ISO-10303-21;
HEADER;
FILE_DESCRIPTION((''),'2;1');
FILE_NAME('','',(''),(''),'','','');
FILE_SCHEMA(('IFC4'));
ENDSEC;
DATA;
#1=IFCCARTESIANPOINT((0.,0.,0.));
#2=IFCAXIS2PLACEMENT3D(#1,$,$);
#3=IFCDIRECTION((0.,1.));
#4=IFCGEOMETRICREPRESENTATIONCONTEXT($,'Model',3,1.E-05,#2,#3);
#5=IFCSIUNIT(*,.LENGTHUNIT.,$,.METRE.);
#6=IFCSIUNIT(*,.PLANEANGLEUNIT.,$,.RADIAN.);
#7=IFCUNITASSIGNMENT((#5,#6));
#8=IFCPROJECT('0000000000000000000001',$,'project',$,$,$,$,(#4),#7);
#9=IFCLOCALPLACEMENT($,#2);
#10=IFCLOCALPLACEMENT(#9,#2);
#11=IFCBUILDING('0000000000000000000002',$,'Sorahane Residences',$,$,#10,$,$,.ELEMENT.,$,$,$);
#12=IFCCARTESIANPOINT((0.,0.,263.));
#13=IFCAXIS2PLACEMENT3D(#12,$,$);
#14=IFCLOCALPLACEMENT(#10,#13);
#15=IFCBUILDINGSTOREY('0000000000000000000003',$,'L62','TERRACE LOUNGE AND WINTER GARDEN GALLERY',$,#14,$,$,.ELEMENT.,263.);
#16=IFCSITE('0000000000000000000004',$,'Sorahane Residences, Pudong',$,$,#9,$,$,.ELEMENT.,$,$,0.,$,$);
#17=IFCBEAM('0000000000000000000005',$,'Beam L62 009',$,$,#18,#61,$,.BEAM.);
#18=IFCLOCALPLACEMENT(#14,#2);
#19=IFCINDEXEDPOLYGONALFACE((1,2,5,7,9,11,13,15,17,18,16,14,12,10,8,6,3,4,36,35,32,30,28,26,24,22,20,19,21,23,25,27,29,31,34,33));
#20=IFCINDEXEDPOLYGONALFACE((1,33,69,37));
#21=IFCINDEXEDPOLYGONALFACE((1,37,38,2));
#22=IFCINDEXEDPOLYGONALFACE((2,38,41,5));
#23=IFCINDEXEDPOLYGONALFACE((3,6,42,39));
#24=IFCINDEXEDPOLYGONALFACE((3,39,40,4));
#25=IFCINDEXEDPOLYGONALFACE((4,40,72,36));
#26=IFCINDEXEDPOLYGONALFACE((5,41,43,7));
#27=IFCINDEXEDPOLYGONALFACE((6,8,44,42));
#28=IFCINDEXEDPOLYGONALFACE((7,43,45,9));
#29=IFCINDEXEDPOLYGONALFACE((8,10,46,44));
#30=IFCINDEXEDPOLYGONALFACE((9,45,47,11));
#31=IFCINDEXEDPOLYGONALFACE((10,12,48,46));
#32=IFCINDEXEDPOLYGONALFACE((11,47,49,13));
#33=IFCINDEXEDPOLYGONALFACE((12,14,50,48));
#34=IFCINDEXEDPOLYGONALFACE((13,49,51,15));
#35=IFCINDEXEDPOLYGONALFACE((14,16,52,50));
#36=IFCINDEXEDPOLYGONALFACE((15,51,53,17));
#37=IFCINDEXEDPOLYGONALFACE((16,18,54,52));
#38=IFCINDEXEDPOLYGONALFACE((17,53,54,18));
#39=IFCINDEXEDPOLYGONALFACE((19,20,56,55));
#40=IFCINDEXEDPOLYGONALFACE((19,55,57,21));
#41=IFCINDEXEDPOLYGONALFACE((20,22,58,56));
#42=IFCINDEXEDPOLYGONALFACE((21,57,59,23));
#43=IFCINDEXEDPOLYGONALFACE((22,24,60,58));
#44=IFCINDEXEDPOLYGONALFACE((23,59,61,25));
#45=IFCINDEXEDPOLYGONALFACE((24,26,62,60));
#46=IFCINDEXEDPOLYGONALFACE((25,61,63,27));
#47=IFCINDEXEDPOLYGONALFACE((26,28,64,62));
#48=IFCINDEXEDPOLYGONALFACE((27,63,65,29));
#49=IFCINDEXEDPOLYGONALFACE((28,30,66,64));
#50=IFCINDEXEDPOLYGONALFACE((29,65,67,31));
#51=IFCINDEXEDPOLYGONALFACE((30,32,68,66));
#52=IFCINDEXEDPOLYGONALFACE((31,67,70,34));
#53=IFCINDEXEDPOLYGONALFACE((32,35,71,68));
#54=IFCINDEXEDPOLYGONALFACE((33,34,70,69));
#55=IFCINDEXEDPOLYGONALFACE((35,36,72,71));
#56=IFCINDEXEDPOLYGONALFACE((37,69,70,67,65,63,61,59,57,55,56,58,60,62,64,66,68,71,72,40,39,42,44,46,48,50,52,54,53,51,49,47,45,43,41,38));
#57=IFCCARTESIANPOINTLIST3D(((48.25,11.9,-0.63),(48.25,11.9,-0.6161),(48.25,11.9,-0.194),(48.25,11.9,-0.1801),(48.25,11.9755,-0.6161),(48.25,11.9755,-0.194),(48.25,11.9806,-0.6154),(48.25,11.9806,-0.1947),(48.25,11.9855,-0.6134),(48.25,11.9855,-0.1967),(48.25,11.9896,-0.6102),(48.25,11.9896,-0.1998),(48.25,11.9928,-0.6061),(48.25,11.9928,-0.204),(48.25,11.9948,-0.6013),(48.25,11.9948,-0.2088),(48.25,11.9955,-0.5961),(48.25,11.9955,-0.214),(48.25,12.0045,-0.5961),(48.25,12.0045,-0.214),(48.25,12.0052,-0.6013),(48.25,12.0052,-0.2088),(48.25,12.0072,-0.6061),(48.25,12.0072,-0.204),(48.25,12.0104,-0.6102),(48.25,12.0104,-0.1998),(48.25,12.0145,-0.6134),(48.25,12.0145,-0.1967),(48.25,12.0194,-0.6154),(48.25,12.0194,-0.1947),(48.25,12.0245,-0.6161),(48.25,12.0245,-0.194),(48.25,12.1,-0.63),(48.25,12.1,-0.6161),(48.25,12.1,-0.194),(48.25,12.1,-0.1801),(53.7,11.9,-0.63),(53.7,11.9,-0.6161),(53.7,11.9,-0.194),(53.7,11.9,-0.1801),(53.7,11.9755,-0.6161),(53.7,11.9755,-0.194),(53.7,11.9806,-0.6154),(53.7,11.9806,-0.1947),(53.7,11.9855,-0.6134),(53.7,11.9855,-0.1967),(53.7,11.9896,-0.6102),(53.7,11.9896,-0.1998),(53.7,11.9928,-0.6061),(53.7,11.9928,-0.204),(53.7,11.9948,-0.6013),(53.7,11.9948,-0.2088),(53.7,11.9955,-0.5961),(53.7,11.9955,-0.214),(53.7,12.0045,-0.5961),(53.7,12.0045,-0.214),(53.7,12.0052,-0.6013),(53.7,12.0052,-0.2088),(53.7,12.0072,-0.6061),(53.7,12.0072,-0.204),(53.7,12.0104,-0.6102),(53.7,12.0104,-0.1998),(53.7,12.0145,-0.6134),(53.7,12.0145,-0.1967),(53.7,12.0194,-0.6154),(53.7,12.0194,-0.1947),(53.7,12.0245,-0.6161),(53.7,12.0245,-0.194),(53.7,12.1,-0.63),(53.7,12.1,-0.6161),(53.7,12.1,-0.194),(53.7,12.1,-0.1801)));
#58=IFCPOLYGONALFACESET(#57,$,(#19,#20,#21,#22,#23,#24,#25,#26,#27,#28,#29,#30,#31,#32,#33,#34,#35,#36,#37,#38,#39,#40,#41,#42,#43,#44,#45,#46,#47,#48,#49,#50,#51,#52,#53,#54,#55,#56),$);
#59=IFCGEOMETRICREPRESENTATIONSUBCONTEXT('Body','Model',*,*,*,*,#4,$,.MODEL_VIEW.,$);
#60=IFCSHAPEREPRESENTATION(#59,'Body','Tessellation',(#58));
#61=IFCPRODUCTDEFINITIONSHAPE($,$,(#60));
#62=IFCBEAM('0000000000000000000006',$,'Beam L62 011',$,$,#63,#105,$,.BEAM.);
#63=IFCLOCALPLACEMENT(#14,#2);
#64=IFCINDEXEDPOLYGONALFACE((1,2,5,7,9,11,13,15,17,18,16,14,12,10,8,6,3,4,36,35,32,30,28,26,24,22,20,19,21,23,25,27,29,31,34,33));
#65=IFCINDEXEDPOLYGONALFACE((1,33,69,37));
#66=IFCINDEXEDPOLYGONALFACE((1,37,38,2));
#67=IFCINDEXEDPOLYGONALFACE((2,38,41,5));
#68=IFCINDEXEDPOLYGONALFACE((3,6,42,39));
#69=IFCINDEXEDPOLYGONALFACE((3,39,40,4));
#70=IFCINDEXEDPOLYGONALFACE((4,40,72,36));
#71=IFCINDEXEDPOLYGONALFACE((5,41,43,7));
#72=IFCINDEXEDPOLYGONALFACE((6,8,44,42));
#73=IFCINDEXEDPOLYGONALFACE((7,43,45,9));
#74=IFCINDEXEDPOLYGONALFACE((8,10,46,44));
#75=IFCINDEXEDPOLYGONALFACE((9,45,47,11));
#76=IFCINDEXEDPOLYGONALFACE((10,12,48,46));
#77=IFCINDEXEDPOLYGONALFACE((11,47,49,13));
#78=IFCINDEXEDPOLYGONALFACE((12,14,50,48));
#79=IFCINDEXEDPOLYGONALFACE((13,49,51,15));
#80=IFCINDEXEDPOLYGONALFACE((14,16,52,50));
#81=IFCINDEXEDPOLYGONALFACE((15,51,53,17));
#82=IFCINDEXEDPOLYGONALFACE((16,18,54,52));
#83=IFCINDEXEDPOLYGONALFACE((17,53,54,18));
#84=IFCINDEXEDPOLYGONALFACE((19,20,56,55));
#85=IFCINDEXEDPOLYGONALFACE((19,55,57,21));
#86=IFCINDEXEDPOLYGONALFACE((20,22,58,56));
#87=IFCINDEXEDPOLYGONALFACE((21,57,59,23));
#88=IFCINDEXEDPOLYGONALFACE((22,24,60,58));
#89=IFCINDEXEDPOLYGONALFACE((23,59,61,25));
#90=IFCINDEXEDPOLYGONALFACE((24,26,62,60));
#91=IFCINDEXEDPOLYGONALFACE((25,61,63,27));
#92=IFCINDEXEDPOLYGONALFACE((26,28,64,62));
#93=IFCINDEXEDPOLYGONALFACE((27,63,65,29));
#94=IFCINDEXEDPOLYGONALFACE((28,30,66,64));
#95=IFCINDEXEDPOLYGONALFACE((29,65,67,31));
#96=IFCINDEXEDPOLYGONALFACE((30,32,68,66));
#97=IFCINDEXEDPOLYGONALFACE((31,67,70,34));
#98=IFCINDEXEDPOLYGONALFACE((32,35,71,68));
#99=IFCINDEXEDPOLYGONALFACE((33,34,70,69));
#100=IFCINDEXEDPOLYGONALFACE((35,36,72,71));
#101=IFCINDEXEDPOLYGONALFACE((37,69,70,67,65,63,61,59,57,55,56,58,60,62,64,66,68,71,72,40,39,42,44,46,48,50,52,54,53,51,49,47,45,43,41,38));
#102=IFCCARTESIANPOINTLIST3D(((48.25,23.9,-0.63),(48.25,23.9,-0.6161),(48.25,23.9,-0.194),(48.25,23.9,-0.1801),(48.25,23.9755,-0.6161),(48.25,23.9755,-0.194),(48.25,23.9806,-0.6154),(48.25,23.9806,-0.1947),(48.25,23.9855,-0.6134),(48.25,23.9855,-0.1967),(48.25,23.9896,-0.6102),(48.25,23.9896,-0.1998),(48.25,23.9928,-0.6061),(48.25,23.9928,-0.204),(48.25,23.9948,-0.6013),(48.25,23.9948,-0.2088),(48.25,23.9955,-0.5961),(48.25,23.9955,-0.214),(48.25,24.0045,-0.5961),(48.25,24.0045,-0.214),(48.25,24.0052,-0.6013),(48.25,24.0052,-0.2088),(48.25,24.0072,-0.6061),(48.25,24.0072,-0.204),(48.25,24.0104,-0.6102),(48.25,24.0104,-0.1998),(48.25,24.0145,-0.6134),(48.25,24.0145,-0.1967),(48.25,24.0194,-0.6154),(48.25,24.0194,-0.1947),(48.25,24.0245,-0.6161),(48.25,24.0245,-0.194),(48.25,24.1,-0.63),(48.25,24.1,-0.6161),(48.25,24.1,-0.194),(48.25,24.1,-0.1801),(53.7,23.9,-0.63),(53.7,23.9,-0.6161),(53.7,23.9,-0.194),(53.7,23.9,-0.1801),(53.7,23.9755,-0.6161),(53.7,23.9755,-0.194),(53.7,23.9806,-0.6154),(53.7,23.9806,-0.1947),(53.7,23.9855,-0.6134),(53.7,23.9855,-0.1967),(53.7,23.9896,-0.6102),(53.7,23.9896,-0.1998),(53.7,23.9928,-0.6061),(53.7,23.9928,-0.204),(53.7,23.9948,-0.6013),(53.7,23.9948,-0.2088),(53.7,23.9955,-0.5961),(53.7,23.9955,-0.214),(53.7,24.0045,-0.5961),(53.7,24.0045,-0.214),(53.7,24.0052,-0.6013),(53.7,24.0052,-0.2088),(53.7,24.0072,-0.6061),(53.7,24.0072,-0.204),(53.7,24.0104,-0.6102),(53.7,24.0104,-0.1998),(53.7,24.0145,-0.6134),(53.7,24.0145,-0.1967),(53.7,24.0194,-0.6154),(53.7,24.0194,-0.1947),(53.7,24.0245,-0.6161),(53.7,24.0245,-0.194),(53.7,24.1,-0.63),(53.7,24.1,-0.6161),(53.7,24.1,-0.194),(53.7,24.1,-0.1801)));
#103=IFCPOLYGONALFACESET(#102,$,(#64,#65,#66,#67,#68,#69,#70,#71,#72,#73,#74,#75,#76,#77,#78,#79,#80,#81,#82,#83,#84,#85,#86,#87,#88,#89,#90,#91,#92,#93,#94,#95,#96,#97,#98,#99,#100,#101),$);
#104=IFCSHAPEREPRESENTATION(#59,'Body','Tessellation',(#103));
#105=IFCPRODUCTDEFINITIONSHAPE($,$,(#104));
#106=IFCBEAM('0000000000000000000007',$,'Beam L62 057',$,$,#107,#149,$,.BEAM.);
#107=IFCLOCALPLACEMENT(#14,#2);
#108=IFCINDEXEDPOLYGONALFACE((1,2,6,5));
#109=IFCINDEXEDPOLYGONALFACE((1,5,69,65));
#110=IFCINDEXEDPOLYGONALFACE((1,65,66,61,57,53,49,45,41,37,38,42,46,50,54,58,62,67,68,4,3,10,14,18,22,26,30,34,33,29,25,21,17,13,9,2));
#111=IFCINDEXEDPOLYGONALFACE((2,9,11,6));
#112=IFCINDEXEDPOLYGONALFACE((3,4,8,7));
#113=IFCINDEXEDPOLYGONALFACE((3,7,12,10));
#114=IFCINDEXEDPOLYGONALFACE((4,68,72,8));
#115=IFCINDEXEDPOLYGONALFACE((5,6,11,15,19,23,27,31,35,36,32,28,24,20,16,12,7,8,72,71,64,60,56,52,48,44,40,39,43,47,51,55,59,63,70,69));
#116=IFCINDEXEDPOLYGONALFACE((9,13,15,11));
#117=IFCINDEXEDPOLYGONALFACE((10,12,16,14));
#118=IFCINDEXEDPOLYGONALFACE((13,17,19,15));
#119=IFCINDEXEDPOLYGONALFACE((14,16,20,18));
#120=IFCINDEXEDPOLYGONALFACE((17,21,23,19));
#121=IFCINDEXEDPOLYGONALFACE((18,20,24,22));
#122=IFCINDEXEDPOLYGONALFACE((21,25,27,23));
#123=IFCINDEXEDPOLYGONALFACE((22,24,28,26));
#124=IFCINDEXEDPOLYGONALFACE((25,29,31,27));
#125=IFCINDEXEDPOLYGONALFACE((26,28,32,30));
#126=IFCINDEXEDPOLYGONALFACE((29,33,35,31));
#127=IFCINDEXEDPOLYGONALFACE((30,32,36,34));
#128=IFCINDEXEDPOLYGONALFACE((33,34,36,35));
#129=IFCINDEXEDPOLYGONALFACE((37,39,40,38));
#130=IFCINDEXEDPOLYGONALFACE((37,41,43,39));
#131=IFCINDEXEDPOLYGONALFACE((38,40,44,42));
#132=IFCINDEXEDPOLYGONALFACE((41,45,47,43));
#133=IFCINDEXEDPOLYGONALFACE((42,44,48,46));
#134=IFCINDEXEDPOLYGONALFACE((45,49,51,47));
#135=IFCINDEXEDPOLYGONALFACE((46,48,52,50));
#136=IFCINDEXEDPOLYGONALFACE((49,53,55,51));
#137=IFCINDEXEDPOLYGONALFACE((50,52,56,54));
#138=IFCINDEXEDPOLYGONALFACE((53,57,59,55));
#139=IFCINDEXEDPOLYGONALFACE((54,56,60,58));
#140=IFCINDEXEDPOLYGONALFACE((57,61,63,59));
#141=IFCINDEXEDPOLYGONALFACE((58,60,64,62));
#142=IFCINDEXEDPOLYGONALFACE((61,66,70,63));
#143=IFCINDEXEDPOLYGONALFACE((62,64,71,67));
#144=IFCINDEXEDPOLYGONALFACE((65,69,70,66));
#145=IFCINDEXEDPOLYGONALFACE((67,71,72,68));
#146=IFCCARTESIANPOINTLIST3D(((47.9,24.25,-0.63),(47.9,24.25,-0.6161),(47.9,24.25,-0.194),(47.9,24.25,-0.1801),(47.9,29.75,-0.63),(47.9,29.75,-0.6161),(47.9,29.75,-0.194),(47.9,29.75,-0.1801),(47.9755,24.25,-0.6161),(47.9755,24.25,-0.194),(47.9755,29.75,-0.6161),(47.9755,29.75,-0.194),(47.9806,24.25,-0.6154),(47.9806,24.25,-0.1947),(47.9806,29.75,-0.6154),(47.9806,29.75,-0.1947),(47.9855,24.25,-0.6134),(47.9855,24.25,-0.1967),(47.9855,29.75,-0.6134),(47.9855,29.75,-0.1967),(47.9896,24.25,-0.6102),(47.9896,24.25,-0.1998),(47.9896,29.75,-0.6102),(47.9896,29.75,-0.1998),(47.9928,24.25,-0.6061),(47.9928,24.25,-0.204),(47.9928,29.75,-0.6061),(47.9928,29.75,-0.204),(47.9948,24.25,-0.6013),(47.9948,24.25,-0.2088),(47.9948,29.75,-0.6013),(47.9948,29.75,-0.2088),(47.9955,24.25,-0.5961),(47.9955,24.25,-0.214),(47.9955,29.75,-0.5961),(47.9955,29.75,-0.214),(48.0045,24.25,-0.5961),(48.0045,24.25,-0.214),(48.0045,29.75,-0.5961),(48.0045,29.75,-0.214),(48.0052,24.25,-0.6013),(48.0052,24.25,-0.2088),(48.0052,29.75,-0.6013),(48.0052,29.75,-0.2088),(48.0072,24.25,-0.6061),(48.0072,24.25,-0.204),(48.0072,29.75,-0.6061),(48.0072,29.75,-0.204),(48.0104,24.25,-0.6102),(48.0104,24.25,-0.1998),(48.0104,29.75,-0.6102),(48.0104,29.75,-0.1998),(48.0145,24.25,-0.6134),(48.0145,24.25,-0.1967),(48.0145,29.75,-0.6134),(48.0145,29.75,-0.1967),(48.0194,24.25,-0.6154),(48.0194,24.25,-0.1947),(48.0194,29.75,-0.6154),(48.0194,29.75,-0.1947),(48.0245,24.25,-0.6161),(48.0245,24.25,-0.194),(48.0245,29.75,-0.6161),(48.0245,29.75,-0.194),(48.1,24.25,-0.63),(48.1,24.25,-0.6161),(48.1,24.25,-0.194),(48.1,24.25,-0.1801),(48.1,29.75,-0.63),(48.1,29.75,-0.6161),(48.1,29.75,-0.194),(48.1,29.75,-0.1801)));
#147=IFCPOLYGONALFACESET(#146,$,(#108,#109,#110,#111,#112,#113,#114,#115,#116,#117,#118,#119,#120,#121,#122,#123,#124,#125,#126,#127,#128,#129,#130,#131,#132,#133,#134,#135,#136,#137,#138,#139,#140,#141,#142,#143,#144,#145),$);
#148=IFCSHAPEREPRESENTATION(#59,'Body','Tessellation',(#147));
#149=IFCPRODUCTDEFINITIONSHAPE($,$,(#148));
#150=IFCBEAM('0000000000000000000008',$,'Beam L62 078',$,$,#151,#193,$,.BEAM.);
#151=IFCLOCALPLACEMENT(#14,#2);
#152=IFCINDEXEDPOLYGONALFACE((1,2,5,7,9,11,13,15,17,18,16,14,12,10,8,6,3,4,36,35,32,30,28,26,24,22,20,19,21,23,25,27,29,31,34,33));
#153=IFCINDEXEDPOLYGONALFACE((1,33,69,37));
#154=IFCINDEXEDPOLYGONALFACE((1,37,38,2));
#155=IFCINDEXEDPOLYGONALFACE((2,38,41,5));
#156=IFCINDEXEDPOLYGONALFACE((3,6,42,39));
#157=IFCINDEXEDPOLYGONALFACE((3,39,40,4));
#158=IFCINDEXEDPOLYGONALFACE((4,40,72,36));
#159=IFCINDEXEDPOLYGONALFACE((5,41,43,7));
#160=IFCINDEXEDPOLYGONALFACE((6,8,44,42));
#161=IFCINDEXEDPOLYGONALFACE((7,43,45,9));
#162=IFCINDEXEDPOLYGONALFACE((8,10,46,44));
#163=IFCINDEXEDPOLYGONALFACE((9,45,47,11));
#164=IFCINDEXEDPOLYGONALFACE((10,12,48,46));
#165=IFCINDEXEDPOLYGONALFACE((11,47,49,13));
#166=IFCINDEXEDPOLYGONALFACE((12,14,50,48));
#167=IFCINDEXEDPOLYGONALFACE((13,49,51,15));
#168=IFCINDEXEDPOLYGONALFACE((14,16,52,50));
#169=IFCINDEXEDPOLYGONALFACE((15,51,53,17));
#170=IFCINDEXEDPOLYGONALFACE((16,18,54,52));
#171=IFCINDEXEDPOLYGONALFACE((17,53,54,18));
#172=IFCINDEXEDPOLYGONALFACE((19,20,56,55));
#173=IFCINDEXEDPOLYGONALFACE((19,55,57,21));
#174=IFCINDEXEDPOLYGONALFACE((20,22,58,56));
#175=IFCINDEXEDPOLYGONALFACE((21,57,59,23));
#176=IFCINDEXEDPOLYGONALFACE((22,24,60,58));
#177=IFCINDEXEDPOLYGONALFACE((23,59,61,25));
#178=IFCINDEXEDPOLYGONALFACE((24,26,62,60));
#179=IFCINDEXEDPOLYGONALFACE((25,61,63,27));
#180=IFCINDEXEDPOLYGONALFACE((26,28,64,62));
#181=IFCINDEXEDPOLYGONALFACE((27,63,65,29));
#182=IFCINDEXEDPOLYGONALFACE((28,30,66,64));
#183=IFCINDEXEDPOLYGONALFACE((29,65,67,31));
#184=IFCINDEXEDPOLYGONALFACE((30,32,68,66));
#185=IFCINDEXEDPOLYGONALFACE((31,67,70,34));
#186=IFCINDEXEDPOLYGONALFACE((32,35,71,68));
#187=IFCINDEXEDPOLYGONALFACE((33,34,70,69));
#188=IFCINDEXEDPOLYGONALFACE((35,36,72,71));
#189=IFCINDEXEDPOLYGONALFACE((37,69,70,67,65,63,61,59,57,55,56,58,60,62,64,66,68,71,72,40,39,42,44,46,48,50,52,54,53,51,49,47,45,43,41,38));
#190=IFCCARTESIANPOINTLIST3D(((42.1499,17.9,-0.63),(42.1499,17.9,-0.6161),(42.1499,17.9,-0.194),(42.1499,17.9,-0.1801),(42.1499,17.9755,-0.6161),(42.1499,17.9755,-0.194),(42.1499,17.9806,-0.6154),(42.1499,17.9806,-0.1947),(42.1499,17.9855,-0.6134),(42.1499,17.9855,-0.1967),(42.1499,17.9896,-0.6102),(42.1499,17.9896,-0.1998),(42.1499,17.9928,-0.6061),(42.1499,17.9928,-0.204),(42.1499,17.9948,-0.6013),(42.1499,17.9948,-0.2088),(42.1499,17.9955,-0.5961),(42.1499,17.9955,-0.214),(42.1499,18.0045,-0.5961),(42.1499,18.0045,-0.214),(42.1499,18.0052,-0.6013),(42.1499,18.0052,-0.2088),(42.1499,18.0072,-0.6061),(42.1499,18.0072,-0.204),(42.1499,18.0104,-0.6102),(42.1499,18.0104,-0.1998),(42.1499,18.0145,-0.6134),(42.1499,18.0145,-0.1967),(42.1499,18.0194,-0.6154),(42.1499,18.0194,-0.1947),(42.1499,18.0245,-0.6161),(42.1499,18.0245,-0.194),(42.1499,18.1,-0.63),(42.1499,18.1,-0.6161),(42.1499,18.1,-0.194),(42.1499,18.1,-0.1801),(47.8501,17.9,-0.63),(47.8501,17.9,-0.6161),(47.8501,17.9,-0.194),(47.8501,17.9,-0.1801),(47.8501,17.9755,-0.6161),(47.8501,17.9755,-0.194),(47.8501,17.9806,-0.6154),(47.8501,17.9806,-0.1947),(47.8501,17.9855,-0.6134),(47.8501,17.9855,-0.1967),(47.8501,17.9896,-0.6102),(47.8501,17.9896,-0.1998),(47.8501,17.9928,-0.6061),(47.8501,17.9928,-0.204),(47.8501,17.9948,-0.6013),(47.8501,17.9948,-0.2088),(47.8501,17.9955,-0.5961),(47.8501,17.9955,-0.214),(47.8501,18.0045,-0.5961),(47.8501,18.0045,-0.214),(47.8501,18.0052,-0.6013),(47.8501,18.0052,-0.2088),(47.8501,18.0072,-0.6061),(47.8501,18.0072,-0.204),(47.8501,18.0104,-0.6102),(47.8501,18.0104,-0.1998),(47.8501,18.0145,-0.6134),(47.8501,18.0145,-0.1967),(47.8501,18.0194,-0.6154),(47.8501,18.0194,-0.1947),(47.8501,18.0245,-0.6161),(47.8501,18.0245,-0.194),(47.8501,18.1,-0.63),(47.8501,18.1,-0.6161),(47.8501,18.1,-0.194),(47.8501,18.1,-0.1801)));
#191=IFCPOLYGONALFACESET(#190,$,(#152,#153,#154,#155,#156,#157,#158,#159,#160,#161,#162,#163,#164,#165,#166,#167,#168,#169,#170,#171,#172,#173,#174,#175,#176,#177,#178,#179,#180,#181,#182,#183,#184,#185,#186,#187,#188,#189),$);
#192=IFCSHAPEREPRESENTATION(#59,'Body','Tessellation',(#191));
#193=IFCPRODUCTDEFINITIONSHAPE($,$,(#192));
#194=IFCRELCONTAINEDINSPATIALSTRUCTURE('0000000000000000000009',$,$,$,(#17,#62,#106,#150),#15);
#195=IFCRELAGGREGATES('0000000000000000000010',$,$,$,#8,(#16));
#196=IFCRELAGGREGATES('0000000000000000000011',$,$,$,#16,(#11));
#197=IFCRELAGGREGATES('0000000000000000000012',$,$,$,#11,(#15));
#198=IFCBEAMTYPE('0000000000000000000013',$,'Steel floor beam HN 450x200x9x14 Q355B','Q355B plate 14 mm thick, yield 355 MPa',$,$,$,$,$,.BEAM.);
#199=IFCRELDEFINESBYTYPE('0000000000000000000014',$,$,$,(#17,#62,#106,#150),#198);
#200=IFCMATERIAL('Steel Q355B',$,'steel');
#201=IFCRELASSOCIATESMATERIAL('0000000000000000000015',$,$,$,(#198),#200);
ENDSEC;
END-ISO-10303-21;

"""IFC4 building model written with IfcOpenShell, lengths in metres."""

from ifc_helpers import new_model, si_unit, direction, frame, origin, origin_2d, place, context, subcontext, project, spatial, i_section, extrude, material, material_profile, profile_set, type_object, element, save


model = new_model("IFC4")

# Units and contexts
model_context = context("Model", 3, precision=1e-05, world=origin(), true_north=direction((0.0, 1.0)))
body_context = subcontext(model_context, "Body", "Model", "MODEL_VIEW")
ifc_project = project(units=[si_unit("LENGTHUNIT", "METRE"), si_unit("PLANEANGLEUNIT", "RADIAN")], contexts=[model_context])

# Site, building, storey
site_placement = place(None, origin())
site = spatial("IfcSite", under=ifc_project, at=site_placement, Name="Sorahane Residences, Pudong", CompositionType="ELEMENT", RefElevation=0.0)
building_placement = place(site_placement, origin())
building = spatial("IfcBuilding", under=site, at=building_placement, Name="Sorahane Residences", CompositionType="ELEMENT")
storey_placement = place(building_placement, frame((0.0, 0.0, 263.0)))
storey = spatial("IfcBuildingStorey", under=building, at=storey_placement, Name="L62", Description="TERRACE LOUNGE AND WINTER GARDEN GALLERY", CompositionType="ELEMENT", Elevation=263.0)

# Beams
ifc_material_1 = material(Name="Steel Q355B", Category="steel")
ifc_material_profile_1 = material_profile(ifc_material_1, i_section(OverallWidth=0.2, OverallDepth=0.45, WebThickness=0.009, FlangeThickness=0.0139, FilletRadius=0.02, at=origin_2d()), Name="HN 450x200x9x14")
ifc_profile_set_1 = profile_set([ifc_material_profile_1], Name="Steel Q355B")
beam_type_1 = type_object("IfcBeamType", Name="Steel floor beam HN 450x200x9x14 Q355B", Description="Q355B plate 14 mm thick, yield 355 MPa", PredefinedType="BEAM", material=ifc_profile_set_1)
for number, where, z_axis, x_axis, name in (
    (1, (48.25, 12.0, -0.405), (1.0, 0.0, 0.0), (0.0, 1.0, 0.0), "Beam L62 009"),
    (2, (48.25, 24.0, -0.405), (1.0, 0.0, 0.0), (0.0, 1.0, 0.0), "Beam L62 011"),
):
    element("IfcBeam", number, at=place(storey_placement, frame(where, z_axis=z_axis, x_axis=x_axis)), inside=storey, type_object=beam_type_1, Name=name, PredefinedType="BEAM", context=body_context, shape_type="SweptSolid", body=[
        extrude(i_section(OverallWidth=0.2, OverallDepth=0.45, WebThickness=0.009, FlangeThickness=0.0139, FilletRadius=0.02, at=origin_2d()), origin(), (0.0, 0.0, 1.0), 5.45),
    ])
beam_1_placement = place(storey_placement, frame((48.0, 24.25, -0.405), z_axis=(0.0, 1.0, 0.0), x_axis=(-1.0, 0.0, 0.0)))
element("IfcBeam", 3, at=beam_1_placement, inside=storey, type_object=beam_type_1, Name="Beam L62 057", PredefinedType="BEAM", context=body_context, shape_type="SweptSolid", body=[
    extrude(i_section(OverallWidth=0.2, OverallDepth=0.45, WebThickness=0.009, FlangeThickness=0.0139, FilletRadius=0.02, at=origin_2d()), origin(), (0.0, 0.0, 1.0), 5.5),
])
for number, where, z_axis, x_axis, name in (
    (4, (42.1499, 18.0, -0.405), (1.0, 0.0, 0.0), (0.0, 1.0, 0.0), "Beam L62 078"),
):
    element("IfcBeam", number, at=place(storey_placement, frame(where, z_axis=z_axis, x_axis=x_axis)), inside=storey, type_object=beam_type_1, Name=name, PredefinedType="BEAM", context=body_context, shape_type="SweptSolid", body=[
        extrude(i_section(OverallWidth=0.2, OverallDepth=0.45, WebThickness=0.009, FlangeThickness=0.0139, FilletRadius=0.02, at=origin_2d()), origin(), (0.0, 0.0, 1.0), 5.7002),
    ])

save(model, "model.ifc")
